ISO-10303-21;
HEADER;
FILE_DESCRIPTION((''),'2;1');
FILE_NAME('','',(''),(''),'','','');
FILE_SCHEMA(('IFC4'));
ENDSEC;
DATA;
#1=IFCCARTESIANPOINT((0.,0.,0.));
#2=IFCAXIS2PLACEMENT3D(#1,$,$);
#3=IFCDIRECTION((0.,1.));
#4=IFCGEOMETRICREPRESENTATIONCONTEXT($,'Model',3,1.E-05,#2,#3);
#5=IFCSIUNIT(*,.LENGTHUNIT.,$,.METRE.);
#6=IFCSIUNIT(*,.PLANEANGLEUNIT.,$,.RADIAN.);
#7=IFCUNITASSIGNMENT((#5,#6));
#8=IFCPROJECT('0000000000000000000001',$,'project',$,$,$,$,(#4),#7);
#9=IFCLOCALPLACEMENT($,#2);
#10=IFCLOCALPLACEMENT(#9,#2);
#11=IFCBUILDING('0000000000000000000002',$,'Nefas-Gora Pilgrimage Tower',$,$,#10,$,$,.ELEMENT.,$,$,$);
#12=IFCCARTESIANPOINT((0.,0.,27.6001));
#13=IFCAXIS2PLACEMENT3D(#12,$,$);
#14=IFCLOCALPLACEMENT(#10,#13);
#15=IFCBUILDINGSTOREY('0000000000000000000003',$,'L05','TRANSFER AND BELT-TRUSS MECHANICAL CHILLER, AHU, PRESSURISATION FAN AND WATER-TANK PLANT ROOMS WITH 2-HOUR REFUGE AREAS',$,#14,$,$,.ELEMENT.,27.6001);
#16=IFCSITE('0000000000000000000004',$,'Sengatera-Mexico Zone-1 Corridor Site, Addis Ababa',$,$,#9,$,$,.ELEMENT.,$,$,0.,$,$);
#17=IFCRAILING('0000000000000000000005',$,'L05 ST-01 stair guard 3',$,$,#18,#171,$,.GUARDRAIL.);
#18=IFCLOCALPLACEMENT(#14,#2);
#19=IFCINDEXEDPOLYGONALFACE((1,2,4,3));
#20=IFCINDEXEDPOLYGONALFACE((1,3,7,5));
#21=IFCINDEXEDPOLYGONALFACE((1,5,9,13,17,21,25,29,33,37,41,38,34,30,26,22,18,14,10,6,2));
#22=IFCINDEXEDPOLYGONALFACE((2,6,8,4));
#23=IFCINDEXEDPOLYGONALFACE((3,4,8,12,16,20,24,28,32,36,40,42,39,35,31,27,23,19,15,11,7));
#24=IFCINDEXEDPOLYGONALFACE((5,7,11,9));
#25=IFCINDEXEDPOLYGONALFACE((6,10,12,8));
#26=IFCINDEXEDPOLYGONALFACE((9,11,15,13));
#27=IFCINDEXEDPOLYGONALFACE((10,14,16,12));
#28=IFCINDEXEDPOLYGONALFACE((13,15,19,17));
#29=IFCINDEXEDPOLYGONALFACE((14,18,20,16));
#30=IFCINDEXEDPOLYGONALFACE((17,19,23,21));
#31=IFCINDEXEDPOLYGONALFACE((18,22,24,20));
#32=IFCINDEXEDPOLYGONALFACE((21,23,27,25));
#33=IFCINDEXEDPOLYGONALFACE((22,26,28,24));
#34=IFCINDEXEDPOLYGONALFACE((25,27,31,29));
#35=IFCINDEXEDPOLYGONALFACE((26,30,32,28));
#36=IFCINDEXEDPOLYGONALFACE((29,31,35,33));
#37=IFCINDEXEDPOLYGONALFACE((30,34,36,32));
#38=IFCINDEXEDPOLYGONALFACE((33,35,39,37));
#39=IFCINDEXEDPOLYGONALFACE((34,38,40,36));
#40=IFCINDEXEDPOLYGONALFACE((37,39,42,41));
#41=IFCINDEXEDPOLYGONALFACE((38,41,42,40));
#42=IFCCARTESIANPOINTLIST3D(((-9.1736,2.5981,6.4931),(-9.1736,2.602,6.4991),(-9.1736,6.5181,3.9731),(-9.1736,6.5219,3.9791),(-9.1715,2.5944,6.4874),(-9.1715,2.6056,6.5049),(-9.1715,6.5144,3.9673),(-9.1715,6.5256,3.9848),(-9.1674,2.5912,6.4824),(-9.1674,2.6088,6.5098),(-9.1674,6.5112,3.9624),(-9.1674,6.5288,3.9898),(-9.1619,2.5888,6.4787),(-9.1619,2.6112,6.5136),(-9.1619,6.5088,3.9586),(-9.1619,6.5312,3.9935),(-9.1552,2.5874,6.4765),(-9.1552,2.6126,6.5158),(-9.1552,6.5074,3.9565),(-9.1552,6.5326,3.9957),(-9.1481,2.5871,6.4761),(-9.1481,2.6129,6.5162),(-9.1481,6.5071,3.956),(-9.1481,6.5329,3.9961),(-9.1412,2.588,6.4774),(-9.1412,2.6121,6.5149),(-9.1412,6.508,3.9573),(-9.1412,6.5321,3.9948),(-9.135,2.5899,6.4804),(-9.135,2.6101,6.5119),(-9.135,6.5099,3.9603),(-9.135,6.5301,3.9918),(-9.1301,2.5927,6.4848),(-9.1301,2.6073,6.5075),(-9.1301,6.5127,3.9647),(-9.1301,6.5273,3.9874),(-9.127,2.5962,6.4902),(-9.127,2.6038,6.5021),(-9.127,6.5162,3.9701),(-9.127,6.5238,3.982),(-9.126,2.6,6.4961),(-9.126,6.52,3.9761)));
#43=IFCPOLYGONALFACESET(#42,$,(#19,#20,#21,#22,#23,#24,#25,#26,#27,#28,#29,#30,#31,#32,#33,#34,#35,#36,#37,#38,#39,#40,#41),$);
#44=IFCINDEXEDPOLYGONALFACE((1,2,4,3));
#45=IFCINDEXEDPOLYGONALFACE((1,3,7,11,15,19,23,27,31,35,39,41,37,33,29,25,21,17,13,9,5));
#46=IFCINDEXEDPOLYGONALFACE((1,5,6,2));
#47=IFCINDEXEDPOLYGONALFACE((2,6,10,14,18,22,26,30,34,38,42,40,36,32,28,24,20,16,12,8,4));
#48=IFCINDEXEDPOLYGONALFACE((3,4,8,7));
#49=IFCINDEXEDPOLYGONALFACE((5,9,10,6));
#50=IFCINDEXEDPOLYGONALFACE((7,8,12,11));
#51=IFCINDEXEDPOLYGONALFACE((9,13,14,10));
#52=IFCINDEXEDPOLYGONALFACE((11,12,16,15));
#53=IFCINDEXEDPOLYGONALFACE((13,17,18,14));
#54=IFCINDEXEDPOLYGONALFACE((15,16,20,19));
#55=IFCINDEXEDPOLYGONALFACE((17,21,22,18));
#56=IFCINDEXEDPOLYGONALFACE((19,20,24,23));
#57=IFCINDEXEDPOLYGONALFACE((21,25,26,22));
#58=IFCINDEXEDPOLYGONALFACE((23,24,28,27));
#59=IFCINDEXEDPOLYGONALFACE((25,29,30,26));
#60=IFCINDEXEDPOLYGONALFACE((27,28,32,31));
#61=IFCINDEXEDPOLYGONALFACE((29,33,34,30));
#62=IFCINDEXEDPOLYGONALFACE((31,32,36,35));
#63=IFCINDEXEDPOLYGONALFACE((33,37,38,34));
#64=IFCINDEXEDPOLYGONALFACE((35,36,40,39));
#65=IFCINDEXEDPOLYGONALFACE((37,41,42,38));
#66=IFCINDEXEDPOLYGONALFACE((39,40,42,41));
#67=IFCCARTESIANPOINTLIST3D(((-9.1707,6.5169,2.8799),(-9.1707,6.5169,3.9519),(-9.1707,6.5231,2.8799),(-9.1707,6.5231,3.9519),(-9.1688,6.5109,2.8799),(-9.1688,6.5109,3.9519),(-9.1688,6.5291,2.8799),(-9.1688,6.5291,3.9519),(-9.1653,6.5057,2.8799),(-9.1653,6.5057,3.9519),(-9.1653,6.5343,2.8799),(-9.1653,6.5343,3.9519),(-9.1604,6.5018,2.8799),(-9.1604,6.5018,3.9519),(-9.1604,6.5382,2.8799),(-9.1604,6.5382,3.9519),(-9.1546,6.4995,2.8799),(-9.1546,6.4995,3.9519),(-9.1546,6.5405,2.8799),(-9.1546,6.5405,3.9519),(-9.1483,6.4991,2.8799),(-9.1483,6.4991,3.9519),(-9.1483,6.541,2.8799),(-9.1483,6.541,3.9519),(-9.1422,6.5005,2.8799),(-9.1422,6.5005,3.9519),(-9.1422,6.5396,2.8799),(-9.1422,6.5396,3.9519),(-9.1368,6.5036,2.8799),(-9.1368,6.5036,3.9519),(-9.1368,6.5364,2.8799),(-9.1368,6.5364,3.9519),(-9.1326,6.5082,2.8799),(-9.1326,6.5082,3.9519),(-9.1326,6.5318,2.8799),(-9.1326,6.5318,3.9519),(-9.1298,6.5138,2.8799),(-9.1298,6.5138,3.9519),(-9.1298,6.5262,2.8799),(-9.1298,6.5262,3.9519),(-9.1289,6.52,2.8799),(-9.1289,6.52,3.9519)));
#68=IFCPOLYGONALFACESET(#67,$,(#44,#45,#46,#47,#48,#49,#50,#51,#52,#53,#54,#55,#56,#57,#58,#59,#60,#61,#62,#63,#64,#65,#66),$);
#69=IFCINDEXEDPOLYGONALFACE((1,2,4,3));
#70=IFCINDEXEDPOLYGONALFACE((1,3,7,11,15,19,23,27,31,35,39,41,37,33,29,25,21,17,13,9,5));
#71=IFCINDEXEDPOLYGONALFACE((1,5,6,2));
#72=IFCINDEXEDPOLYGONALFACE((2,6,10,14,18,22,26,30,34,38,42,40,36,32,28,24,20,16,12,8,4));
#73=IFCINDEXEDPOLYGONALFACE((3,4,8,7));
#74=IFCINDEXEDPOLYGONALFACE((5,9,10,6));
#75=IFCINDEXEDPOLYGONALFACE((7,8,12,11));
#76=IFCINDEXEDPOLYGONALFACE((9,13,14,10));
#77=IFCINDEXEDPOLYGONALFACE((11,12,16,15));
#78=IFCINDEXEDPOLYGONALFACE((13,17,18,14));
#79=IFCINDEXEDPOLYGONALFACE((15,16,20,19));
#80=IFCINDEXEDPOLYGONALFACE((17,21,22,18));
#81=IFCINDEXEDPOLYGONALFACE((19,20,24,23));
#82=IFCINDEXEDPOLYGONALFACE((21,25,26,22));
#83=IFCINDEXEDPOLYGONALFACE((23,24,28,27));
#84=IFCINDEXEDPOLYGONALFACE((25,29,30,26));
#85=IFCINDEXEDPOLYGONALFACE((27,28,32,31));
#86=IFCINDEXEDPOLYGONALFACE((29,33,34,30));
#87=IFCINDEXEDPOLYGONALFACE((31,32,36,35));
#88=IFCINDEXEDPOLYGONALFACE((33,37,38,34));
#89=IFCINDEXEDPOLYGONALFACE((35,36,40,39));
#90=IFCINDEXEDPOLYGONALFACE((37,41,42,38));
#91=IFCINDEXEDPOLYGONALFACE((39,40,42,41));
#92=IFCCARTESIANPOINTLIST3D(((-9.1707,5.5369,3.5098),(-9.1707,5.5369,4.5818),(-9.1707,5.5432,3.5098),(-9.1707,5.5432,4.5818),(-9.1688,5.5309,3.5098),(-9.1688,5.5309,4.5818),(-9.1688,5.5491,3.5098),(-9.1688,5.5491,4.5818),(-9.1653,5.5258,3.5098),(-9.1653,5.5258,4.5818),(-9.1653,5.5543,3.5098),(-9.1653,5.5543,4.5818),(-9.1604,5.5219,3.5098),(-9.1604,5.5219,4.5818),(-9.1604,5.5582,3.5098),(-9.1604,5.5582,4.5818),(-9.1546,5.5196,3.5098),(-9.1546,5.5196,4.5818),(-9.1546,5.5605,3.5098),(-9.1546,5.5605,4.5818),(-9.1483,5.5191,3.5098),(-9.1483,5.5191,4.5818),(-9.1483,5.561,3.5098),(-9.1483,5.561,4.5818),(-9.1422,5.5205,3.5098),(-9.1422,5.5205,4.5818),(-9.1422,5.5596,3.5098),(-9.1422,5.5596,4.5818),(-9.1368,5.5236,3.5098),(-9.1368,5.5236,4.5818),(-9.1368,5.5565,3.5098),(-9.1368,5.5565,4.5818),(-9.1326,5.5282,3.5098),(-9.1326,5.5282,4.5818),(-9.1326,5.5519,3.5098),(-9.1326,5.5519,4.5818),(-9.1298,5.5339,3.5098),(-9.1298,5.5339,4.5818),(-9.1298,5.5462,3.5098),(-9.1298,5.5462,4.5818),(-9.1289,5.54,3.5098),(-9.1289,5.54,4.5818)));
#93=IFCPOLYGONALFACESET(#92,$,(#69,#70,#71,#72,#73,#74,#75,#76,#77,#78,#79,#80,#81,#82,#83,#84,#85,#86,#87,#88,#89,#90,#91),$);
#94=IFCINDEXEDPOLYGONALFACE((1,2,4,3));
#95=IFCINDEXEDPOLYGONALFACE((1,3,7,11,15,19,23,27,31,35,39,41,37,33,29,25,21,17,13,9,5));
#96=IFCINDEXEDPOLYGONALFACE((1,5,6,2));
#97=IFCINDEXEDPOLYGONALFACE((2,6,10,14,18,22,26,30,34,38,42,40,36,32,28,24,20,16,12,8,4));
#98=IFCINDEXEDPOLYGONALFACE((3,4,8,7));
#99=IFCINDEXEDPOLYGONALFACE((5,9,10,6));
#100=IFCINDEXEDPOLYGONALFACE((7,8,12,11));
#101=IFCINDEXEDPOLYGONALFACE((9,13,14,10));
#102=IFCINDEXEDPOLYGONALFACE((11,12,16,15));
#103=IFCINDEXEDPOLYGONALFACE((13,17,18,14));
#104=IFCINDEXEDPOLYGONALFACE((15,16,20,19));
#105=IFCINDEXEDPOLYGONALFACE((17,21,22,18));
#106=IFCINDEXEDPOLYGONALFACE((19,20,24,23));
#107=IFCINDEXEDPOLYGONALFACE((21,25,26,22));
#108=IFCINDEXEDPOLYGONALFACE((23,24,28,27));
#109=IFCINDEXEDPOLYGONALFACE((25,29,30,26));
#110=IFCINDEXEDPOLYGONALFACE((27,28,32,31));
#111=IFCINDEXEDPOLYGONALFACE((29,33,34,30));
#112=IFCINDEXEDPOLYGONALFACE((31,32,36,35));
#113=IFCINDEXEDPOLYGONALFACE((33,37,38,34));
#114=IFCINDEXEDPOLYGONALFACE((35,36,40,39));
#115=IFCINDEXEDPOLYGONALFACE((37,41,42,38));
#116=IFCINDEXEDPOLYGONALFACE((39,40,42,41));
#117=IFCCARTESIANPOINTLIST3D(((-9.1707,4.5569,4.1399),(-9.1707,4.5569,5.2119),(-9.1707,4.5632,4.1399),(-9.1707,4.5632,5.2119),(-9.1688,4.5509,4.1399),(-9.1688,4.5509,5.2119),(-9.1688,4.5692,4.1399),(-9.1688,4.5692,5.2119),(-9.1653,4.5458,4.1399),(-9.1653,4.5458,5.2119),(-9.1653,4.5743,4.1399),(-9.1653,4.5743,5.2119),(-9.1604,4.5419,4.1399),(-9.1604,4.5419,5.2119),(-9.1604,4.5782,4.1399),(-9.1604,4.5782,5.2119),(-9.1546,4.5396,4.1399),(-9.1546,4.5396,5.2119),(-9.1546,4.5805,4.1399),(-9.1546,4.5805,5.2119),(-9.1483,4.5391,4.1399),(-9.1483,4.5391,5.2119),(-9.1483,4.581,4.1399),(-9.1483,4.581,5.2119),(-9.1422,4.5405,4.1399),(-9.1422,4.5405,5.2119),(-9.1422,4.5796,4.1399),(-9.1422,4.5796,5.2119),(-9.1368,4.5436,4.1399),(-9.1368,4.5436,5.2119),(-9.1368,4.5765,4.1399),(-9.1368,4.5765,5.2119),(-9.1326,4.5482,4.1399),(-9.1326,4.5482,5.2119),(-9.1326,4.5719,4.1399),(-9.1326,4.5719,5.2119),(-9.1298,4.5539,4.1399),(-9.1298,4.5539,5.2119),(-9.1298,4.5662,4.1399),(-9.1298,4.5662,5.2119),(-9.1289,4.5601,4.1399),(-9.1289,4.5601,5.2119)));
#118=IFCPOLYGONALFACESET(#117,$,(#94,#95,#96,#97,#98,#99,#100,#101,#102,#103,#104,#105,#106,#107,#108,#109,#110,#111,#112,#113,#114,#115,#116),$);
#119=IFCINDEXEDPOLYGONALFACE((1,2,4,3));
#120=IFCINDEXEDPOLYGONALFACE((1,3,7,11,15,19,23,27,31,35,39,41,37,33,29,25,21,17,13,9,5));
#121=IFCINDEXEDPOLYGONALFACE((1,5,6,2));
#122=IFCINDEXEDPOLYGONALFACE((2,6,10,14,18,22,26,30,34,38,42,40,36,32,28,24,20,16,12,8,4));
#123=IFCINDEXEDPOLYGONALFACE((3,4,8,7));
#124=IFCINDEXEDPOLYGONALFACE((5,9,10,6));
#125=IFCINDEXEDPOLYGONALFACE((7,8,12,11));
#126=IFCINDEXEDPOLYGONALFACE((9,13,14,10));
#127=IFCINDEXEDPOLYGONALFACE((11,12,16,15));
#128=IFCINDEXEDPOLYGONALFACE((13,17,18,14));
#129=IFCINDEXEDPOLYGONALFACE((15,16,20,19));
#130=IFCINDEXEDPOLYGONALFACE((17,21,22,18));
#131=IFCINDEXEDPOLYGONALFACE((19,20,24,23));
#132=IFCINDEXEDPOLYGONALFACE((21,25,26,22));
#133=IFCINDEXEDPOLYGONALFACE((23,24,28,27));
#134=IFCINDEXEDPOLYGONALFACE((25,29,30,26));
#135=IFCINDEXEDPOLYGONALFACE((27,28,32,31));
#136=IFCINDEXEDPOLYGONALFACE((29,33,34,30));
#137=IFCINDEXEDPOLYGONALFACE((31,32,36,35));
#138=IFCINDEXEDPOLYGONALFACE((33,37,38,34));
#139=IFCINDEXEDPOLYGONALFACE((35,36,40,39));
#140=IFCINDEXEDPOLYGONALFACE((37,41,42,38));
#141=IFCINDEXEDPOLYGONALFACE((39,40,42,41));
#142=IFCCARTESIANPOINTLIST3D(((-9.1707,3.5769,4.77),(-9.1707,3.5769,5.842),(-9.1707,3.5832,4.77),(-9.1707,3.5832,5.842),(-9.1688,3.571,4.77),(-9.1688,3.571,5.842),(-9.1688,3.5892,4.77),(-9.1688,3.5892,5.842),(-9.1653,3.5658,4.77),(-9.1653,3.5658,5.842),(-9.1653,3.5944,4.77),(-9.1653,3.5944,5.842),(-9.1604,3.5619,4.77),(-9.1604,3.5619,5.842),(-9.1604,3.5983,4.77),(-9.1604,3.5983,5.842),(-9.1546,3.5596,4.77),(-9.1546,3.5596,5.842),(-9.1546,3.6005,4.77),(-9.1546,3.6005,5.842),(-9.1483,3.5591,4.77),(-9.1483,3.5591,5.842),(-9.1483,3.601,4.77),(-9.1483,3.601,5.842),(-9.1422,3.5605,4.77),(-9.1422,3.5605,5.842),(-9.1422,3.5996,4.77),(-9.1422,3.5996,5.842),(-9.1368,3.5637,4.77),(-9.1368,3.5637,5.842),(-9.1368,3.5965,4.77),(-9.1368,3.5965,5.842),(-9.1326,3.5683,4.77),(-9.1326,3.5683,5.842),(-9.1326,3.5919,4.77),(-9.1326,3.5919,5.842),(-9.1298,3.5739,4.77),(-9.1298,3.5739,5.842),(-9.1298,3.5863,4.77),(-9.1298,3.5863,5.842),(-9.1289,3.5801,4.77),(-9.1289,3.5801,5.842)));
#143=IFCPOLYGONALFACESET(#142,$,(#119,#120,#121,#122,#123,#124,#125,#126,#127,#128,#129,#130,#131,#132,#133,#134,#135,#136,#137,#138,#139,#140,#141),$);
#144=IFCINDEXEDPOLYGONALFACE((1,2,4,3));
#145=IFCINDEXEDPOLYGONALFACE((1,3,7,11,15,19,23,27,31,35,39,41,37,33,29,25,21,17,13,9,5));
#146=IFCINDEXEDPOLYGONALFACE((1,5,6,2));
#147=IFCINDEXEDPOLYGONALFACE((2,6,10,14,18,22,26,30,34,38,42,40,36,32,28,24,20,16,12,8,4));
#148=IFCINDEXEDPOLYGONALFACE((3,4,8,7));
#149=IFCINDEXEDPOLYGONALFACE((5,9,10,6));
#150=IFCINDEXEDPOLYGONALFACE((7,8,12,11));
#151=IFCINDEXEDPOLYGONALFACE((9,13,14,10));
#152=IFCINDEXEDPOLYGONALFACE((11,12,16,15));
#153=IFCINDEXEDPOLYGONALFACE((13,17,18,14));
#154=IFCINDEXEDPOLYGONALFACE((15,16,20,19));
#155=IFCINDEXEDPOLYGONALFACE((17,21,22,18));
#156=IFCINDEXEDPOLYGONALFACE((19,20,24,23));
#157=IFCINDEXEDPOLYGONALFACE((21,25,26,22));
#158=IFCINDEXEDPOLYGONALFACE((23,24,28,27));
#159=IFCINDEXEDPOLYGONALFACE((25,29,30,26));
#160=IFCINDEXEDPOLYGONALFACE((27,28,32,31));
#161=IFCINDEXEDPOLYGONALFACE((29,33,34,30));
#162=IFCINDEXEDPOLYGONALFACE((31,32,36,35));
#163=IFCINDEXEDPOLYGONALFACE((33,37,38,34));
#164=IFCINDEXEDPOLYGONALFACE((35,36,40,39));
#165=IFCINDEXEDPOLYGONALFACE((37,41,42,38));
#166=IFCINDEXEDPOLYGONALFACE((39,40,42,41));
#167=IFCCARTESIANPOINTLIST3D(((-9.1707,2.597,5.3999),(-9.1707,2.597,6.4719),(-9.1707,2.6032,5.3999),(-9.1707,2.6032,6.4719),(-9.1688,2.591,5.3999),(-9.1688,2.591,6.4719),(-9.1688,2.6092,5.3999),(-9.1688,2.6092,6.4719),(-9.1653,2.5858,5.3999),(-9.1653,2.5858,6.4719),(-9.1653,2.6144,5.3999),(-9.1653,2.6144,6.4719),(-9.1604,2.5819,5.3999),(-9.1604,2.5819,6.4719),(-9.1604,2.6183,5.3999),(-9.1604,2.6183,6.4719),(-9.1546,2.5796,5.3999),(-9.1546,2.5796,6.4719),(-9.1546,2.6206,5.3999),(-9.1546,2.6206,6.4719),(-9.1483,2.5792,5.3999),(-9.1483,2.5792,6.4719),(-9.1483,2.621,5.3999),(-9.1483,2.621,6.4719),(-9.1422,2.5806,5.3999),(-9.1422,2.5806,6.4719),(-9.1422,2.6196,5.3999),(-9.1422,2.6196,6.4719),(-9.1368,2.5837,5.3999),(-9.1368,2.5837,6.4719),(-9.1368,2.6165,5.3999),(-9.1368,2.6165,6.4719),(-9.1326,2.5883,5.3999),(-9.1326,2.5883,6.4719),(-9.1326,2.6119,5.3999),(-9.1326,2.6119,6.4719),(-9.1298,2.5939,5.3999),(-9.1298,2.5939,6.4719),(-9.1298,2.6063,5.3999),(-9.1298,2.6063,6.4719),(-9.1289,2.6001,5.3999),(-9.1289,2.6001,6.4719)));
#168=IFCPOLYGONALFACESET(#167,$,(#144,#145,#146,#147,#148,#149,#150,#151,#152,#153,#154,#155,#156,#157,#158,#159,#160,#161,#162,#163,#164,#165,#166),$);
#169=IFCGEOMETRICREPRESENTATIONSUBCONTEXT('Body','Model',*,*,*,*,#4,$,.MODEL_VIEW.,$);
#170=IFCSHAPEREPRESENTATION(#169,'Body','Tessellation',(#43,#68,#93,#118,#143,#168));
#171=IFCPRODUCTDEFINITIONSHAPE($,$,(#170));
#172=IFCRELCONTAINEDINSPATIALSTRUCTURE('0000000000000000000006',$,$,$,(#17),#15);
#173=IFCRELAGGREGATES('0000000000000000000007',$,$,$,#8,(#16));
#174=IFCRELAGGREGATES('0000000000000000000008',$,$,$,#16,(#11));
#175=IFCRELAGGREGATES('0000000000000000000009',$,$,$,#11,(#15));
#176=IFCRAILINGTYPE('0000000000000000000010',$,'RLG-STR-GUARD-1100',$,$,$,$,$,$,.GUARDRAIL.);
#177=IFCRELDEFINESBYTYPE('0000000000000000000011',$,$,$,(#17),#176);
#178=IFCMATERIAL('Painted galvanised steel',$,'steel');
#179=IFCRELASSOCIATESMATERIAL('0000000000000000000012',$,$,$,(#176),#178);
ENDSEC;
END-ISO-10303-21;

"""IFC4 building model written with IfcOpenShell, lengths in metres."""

from ifc_helpers import new_model, si_unit, direction, frame, origin, origin_2d, place, context, subcontext, project, spatial, circle, extrude, material, type_object, element, save


model = new_model("IFC4")

# Units and contexts
model_context = context("Model", 3, precision=1e-05, world=origin(), true_north=direction((0.0, 1.0)))
body_context = subcontext(model_context, "Body", "Model", "MODEL_VIEW")
ifc_project = project(units=[si_unit("LENGTHUNIT", "METRE"), si_unit("PLANEANGLEUNIT", "RADIAN")], contexts=[model_context])

# Site, building, storey
site_placement = place(None, origin())
site = spatial("IfcSite", under=ifc_project, at=site_placement, Name="Sengatera-Mexico Zone-1 Corridor Site, Addis Ababa", CompositionType="ELEMENT", RefElevation=0.0)
building_placement = place(site_placement, origin())
building = spatial("IfcBuilding", under=site, at=building_placement, Name="Nefas-Gora Pilgrimage Tower", CompositionType="ELEMENT")
storey_placement = place(building_placement, frame((0.0, 0.0, 27.6001)))
storey = spatial("IfcBuildingStorey", under=building, at=storey_placement, Name="L05", Description="TRANSFER AND BELT-TRUSS MECHANICAL CHILLER, AHU, PRESSURISATION FAN AND WATER-TANK PLANT ROOMS WITH 2-HOUR REFUGE AREAS", CompositionType="ELEMENT", Elevation=27.6001)

# Railing
ifc_material_1 = material(Name="Painted galvanised steel", Category="steel")
railing_type_1 = type_object("IfcRailingType", Name="RLG-STR-GUARD-1100", PredefinedType="GUARDRAIL", material=ifc_material_1)
railing_1_placement = place(storey_placement, frame((-9.1499, 6.52, 2.8799)))
element("IfcRailing", 1, at=railing_1_placement, inside=storey, type_object=railing_type_1, Name="L05 ST-01 stair guard 3", PredefinedType="GUARDRAIL", context=body_context, shape_type="SweptSolid", body=[
    extrude(circle(Radius=0.0239, at=origin_2d()), frame((0.0, 0.0, 1.0962), z_axis=(0.0, -0.841172, 0.540768), x_axis=(1.0, 0.0, 0.0)), (0.0, 0.0, 1.0), 4.6602),
    extrude(circle(Radius=0.021, at=origin_2d()), origin(), (0.0, 0.0, 1.0), 1.072),
    extrude(circle(Radius=0.021, at=origin_2d()), frame((0.0, -0.98, 0.6299)), (0.0, 0.0, 1.0), 1.072),
    extrude(circle(Radius=0.021, at=origin_2d()), frame((0.0, -1.96, 1.26)), (0.0, 0.0, 1.0), 1.072),
    extrude(circle(Radius=0.021, at=origin_2d()), frame((0.0, -2.9399, 1.8901)), (0.0, 0.0, 1.0), 1.072),
    extrude(circle(Radius=0.021, at=origin_2d()), frame((0.0, -3.9199, 2.52)), (0.0, 0.0, 1.0), 1.072),
])

save(model, "model.ifc")
